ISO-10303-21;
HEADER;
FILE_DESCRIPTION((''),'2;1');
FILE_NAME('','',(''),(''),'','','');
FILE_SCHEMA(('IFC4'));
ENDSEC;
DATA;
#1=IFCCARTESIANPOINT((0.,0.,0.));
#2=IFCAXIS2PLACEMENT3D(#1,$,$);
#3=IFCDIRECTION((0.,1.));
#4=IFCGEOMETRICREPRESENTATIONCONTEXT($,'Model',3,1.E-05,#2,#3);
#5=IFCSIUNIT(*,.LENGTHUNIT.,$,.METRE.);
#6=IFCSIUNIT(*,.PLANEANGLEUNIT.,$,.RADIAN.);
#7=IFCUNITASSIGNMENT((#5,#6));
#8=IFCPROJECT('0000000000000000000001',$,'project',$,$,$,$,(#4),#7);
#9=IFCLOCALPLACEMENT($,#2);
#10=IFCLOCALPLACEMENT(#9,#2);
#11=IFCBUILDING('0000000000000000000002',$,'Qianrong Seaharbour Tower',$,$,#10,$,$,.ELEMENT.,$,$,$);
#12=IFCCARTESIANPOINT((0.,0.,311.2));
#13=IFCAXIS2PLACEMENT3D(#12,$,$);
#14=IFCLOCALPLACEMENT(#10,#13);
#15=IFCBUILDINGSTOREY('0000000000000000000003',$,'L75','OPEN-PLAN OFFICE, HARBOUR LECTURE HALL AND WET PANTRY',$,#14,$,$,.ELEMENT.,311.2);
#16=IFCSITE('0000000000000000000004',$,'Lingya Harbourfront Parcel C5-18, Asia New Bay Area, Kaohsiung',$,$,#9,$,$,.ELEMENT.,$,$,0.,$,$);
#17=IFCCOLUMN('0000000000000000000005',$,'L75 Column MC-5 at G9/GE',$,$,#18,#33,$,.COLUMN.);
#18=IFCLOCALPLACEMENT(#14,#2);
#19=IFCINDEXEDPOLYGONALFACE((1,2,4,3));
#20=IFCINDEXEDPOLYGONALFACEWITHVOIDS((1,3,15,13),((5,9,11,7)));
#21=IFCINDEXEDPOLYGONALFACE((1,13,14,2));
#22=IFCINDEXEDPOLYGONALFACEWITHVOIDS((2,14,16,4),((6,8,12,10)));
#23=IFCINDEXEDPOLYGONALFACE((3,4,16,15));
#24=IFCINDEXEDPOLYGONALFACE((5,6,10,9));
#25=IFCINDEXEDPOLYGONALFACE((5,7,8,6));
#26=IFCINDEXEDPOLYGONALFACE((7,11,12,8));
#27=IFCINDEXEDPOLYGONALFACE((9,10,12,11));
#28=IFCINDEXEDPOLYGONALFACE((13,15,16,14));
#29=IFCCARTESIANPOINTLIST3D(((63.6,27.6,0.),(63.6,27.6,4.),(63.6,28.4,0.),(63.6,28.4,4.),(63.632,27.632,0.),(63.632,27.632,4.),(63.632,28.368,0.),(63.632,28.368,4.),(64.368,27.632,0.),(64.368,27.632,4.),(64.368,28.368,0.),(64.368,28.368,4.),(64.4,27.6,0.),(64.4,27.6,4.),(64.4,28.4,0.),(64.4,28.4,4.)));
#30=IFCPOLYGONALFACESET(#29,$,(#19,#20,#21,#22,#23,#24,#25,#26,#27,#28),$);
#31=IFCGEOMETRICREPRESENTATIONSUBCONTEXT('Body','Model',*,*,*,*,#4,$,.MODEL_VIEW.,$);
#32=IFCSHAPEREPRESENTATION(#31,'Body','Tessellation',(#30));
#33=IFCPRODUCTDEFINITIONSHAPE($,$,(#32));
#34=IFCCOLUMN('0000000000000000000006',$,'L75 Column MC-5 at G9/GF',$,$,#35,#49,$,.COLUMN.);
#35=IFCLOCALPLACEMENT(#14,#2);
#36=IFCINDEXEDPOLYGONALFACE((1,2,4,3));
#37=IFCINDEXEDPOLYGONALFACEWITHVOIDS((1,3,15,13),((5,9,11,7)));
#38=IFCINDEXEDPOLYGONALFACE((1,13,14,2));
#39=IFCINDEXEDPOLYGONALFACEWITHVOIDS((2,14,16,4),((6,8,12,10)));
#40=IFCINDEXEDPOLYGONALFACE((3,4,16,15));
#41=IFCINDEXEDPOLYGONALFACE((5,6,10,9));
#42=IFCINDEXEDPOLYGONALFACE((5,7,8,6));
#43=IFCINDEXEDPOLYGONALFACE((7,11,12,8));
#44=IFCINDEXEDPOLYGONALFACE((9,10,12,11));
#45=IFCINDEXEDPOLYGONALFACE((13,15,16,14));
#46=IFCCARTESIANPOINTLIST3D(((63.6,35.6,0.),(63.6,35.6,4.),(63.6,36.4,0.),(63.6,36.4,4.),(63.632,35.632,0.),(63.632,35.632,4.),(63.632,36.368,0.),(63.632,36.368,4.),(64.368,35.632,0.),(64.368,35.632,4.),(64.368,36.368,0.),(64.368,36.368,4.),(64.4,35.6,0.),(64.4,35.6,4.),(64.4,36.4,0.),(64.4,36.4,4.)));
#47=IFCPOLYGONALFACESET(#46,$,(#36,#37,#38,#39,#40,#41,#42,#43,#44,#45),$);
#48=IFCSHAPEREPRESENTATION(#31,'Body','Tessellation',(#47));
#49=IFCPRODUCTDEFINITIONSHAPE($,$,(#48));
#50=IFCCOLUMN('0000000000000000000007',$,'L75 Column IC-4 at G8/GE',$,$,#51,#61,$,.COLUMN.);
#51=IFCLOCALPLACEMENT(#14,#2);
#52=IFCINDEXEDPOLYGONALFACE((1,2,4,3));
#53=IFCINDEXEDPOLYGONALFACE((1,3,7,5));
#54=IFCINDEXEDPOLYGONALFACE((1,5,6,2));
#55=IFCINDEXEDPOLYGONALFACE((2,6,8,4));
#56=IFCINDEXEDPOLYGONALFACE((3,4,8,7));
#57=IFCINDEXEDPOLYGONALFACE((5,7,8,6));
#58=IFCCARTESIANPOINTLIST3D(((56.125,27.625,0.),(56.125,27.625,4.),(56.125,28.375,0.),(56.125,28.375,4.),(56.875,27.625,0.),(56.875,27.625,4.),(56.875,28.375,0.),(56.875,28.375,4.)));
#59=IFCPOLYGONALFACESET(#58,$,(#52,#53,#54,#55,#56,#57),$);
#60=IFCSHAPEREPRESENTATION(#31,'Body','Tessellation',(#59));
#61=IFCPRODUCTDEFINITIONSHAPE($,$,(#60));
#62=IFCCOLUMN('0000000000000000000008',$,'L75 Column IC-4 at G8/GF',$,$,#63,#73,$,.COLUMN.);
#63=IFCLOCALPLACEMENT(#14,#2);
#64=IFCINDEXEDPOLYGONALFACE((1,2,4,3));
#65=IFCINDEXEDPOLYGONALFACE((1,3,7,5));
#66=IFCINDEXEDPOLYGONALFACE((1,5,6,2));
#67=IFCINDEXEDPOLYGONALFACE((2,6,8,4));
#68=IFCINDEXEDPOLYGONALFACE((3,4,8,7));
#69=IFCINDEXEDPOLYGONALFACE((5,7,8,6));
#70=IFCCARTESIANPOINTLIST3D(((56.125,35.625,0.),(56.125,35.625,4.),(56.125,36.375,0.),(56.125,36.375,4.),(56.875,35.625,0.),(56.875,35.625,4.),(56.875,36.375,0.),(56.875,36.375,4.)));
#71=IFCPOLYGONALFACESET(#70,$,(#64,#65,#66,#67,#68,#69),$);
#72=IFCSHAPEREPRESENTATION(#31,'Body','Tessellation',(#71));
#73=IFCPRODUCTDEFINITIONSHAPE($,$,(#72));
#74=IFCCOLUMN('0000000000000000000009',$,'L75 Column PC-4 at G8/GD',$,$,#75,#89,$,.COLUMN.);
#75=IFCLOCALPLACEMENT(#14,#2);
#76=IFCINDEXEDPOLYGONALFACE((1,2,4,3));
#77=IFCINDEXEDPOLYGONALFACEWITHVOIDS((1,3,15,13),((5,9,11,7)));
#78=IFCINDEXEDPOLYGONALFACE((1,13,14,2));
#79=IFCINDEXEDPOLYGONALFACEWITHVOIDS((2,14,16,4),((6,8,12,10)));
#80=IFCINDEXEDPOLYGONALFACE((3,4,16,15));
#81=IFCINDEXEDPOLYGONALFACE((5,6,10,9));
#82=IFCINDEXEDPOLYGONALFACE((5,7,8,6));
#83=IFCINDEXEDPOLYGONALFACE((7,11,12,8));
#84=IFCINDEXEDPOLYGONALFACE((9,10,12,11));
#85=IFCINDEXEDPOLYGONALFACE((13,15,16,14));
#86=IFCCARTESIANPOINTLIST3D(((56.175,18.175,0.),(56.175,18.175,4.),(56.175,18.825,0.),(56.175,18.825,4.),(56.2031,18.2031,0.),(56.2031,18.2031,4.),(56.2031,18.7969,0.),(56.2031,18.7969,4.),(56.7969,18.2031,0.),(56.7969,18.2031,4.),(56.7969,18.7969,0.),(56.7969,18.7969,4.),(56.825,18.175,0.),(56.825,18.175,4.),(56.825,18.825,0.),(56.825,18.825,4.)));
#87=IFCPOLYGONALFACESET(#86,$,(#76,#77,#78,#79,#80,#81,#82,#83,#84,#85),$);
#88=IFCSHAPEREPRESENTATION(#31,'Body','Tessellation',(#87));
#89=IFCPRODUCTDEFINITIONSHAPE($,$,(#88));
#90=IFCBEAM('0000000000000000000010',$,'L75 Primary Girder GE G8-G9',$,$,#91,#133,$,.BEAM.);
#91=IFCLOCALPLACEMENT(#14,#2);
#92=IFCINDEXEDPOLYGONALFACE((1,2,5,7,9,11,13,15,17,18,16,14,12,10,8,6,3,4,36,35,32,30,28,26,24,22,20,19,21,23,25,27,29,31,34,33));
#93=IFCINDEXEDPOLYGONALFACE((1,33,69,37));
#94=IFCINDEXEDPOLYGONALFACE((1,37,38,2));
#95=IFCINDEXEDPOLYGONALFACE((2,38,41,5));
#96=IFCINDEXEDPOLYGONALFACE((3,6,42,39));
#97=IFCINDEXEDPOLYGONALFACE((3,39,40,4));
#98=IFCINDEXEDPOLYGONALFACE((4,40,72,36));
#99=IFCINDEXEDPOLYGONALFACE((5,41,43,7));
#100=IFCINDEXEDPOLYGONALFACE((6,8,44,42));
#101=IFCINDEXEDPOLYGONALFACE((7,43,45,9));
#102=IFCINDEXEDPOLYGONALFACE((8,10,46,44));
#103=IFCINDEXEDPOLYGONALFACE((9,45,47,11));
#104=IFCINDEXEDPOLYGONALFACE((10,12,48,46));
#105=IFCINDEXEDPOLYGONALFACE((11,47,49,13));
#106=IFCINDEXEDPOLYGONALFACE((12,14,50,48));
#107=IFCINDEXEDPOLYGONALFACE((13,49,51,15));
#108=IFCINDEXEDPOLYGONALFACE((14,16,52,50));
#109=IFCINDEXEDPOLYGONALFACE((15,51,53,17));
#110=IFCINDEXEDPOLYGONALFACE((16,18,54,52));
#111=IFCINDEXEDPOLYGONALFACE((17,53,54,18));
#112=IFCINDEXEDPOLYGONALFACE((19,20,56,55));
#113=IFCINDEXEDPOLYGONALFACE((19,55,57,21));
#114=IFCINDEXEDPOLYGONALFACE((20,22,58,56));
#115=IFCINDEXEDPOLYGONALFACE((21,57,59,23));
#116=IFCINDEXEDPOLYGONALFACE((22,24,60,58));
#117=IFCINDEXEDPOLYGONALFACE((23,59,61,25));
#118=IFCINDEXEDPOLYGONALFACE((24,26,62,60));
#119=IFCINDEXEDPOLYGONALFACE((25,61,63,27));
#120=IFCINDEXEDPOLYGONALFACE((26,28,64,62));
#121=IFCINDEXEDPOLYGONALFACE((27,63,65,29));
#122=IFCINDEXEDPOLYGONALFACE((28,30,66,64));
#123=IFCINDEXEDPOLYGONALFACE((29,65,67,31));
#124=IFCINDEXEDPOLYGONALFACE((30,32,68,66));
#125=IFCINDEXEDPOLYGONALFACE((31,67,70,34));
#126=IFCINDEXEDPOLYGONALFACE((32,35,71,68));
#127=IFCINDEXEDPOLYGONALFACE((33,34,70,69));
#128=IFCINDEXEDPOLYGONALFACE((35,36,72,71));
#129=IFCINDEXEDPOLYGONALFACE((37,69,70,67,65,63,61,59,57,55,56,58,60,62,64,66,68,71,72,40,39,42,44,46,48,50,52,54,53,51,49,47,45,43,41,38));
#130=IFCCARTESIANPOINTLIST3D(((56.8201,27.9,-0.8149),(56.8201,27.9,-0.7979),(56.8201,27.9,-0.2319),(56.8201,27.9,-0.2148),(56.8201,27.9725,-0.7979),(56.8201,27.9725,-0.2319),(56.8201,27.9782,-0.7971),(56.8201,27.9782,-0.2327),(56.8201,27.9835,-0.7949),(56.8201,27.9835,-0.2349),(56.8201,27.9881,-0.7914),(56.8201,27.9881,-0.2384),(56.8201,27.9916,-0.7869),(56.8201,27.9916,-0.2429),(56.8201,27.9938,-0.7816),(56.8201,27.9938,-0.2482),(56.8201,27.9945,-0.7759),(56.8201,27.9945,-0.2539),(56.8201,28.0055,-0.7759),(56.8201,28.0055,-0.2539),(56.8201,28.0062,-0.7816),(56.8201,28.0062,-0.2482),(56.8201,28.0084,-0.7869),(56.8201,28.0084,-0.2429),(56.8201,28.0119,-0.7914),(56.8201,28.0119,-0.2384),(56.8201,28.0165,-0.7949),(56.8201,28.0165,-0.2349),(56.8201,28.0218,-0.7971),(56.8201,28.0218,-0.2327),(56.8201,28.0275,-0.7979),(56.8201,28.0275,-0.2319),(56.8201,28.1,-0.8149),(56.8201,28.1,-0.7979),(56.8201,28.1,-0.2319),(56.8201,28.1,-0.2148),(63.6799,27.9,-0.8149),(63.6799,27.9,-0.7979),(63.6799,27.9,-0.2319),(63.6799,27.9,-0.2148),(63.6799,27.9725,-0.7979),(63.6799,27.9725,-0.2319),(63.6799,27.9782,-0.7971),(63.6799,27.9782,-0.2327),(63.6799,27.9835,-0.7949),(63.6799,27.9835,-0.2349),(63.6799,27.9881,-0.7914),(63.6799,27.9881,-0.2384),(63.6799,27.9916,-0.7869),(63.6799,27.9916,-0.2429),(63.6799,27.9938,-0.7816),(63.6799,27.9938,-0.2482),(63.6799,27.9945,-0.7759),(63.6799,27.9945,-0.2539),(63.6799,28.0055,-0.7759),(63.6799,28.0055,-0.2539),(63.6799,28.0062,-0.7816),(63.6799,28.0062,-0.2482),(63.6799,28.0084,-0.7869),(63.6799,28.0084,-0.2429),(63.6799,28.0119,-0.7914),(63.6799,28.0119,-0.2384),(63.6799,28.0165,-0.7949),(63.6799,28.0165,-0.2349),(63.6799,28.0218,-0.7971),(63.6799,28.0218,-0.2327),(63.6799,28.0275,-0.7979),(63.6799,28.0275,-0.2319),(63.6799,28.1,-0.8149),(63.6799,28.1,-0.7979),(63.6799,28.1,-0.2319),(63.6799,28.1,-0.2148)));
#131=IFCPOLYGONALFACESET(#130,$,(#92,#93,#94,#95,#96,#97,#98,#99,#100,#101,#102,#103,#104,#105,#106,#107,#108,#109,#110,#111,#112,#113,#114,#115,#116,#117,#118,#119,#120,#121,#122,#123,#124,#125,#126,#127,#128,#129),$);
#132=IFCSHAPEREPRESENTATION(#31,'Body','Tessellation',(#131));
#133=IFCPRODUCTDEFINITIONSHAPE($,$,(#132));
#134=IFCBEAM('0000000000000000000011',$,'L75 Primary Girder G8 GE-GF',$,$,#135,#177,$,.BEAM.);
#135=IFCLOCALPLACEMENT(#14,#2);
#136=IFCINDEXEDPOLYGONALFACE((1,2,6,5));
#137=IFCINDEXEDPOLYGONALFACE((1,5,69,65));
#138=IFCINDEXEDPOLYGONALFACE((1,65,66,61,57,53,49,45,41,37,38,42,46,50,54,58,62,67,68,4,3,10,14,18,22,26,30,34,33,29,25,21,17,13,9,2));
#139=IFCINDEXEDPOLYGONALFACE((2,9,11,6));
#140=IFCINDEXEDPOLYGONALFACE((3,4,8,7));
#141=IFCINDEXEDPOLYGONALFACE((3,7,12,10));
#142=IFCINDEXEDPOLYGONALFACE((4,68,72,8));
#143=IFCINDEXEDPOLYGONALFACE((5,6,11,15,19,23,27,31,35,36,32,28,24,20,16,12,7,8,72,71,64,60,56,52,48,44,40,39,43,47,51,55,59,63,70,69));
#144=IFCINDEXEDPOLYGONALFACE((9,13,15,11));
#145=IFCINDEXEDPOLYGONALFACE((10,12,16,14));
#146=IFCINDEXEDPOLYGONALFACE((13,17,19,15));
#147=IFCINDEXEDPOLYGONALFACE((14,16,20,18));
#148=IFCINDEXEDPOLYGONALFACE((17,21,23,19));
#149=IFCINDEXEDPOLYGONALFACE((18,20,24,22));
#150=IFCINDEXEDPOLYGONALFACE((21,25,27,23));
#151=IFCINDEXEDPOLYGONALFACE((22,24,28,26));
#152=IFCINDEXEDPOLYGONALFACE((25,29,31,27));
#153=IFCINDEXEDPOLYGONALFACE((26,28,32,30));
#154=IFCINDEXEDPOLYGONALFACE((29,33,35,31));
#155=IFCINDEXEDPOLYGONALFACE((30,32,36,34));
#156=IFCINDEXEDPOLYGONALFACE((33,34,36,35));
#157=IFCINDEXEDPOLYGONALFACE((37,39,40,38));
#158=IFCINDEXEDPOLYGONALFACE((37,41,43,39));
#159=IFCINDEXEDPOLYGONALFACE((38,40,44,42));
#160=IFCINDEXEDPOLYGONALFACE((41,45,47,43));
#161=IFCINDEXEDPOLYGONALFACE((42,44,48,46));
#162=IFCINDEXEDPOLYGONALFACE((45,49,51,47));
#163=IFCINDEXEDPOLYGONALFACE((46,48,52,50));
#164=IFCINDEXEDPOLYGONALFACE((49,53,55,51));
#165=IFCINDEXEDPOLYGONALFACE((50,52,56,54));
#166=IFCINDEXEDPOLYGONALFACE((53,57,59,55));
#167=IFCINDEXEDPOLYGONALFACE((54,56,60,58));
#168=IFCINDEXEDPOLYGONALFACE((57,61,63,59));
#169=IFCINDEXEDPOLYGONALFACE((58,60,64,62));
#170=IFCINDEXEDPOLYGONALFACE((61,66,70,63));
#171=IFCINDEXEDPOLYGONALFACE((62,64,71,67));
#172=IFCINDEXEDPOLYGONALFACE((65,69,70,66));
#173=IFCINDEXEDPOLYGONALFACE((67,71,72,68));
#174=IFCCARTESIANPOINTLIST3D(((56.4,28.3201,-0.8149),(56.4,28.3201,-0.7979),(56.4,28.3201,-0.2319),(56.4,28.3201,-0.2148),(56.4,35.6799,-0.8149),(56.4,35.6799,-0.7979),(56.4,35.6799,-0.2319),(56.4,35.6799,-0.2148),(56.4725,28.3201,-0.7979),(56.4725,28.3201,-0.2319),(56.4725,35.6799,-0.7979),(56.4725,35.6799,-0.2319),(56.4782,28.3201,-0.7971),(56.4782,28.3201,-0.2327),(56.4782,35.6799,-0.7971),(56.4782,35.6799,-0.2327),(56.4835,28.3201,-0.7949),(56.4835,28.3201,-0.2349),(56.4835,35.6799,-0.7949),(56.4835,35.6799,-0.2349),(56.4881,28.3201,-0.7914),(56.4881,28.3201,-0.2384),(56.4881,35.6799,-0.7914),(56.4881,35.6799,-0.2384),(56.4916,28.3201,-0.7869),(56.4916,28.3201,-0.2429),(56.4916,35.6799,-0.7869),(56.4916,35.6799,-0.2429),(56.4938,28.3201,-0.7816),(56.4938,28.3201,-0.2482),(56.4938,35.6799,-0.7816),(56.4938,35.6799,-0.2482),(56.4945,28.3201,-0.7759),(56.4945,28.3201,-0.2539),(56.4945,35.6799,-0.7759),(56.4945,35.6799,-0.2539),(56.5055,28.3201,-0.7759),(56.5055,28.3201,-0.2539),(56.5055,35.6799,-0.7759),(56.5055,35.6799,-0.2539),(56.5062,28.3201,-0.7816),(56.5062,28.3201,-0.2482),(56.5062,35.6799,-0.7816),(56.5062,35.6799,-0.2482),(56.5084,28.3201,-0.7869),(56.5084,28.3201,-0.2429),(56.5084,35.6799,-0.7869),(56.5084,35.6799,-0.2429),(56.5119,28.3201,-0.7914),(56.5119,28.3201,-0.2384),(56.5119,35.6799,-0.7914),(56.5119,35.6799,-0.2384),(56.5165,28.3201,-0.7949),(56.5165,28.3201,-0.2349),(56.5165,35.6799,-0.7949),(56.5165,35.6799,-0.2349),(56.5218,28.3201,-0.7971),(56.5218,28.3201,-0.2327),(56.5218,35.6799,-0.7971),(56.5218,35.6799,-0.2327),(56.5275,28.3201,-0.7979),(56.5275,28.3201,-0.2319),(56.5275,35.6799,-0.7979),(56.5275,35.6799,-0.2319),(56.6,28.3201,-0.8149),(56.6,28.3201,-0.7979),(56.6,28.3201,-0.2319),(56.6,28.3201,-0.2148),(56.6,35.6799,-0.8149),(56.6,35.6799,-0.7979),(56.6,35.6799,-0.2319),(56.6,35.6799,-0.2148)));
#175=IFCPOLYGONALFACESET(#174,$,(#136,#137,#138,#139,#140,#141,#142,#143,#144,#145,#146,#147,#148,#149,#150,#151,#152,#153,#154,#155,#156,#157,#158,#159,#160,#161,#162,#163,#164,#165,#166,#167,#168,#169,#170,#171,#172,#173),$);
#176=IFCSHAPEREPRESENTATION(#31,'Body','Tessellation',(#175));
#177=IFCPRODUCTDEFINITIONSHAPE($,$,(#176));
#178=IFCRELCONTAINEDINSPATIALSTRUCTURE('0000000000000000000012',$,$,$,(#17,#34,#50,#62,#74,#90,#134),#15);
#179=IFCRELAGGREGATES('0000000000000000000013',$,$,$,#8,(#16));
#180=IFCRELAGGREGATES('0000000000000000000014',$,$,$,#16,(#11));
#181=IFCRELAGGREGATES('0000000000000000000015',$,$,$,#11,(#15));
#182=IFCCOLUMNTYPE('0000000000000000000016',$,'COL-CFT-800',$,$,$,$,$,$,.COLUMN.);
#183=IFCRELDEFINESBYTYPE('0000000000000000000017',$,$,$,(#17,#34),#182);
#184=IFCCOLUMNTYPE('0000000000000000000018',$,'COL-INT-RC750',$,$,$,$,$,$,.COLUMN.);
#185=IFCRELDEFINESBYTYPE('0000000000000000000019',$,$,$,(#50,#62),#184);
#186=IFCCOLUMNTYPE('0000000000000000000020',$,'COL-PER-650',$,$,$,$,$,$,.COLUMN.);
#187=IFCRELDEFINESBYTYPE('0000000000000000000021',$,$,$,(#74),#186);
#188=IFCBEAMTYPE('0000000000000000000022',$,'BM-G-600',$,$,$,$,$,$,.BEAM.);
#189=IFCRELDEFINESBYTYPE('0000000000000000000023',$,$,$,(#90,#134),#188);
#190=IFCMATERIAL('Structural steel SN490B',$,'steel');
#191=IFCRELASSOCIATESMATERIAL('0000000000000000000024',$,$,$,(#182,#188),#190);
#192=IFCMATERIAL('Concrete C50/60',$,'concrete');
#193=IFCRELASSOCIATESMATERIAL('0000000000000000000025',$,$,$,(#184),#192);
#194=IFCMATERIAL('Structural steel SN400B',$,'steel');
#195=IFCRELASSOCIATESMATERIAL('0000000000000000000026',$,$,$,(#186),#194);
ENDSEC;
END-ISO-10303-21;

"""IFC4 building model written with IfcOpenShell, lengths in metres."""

from ifc_helpers import new_model, si_unit, direction, frame, origin, origin_2d, place, context, subcontext, project, spatial, rectangle, hollow_rectangle, i_section, extrude, material, material_profile, profile_set, type_object, element, save


model = new_model("IFC4")

# Units and contexts
model_context = context("Model", 3, precision=1e-05, world=origin(), true_north=direction((0.0, 1.0)))
body_context = subcontext(model_context, "Body", "Model", "MODEL_VIEW")
ifc_project = project(units=[si_unit("LENGTHUNIT", "METRE"), si_unit("PLANEANGLEUNIT", "RADIAN")], contexts=[model_context])

# Site, building, storey
site_placement = place(None, origin())
site = spatial("IfcSite", under=ifc_project, at=site_placement, Name="Lingya Harbourfront Parcel C5-18, Asia New Bay Area, Kaohsiung", CompositionType="ELEMENT", RefElevation=0.0)
building_placement = place(site_placement, origin())
building = spatial("IfcBuilding", under=site, at=building_placement, Name="Qianrong Seaharbour Tower", CompositionType="ELEMENT")
storey_placement = place(building_placement, frame((0.0, 0.0, 311.2)))
storey = spatial("IfcBuildingStorey", under=building, at=storey_placement, Name="L75", Description="OPEN-PLAN OFFICE, HARBOUR LECTURE HALL AND WET PANTRY", CompositionType="ELEMENT", Elevation=311.2)

# Columns
ifc_material_1 = material(Name="Structural steel SN490B", Category="steel")
ifc_material_profile_1 = material_profile(ifc_material_1, hollow_rectangle(XDim=0.8, YDim=0.8, WallThickness=0.032, at=origin_2d()), Name="BOX800x800x32")
ifc_profile_set_1 = profile_set([ifc_material_profile_1], Name="Structural steel SN490B")
column_type_1 = type_object("IfcColumnType", Name="COL-CFT-800", PredefinedType="COLUMN", material=ifc_profile_set_1)
for number, where, z_axis, x_axis, name in (
    (1, (64.0, 28.0, 0.0), (0.0, 0.0, 1.0), (1.0, 0.0, 0.0), "L75 Column MC-5 at G9/GE"),
    (2, (64.0, 36.0, 0.0), (0.0, 0.0, 1.0), (1.0, 0.0, 0.0), "L75 Column MC-5 at G9/GF"),
):
    element("IfcColumn", number, at=place(storey_placement, frame(where, z_axis=z_axis, x_axis=x_axis)), inside=storey, type_object=column_type_1, Name=name, PredefinedType="COLUMN", context=body_context, shape_type="SweptSolid", body=[
        extrude(hollow_rectangle(XDim=0.8, YDim=0.8, WallThickness=0.032, at=origin_2d()), origin(), (0.0, 0.0, 1.0), 4.0),
    ])
ifc_material_2 = material(Name="Concrete C50/60", Category="concrete")
ifc_material_profile_2 = material_profile(ifc_material_2, rectangle(XDim=0.75, YDim=0.75, at=origin_2d()), Name="RC750x750")
ifc_profile_set_2 = profile_set([ifc_material_profile_2], Name="Concrete C50/60")
column_type_2 = type_object("IfcColumnType", Name="COL-INT-RC750", PredefinedType="COLUMN", material=ifc_profile_set_2)
for number, where, z_axis, x_axis, name in (
    (3, (56.5, 28.0, 0.0), (0.0, 0.0, 1.0), (1.0, 0.0, 0.0), "L75 Column IC-4 at G8/GE"),
    (4, (56.5, 36.0, 0.0), (0.0, 0.0, 1.0), (1.0, 0.0, 0.0), "L75 Column IC-4 at G8/GF"),
):
    element("IfcColumn", number, at=place(storey_placement, frame(where, z_axis=z_axis, x_axis=x_axis)), inside=storey, type_object=column_type_2, Name=name, PredefinedType="COLUMN", context=body_context, shape_type="SweptSolid", body=[
        extrude(rectangle(XDim=0.75, YDim=0.75, at=origin_2d()), origin(), (0.0, 0.0, 1.0), 4.0),
    ])
ifc_material_3 = material(Name="Structural steel SN400B", Category="steel")
ifc_material_profile_3 = material_profile(ifc_material_3, hollow_rectangle(XDim=0.6499, YDim=0.6499, WallThickness=0.0281, at=origin_2d()), Name="BOX650x650x28")
ifc_profile_set_3 = profile_set([ifc_material_profile_3], Name="Structural steel SN400B")
column_type_3 = type_object("IfcColumnType", Name="COL-PER-650", PredefinedType="COLUMN", material=ifc_profile_set_3)
column_placement = place(storey_placement, frame((56.5, 18.5, 0.0), z_axis=(0.0, 0.0, 1.0), x_axis=(1.0, 0.0, 0.0)))
element("IfcColumn", 5, at=column_placement, inside=storey, type_object=column_type_3, Name="L75 Column PC-4 at G8/GD", PredefinedType="COLUMN", context=body_context, shape_type="SweptSolid", body=[
    extrude(hollow_rectangle(XDim=0.6499, YDim=0.6499, WallThickness=0.0281, at=origin_2d()), origin(), (0.0, 0.0, 1.0), 4.0),
])

# Beams
ifc_material_profile_4 = material_profile(ifc_material_1, i_section(OverallWidth=0.2, OverallDepth=0.6001, WebThickness=0.011, FlangeThickness=0.0171, FilletRadius=0.022, at=origin_2d()), Name="H600x200x11x17")
ifc_profile_set_4 = profile_set([ifc_material_profile_4], Name="Structural steel SN490B")
beam_type_1 = type_object("IfcBeamType", Name="BM-G-600", PredefinedType="BEAM", material=ifc_profile_set_4)
beam_1_placement = place(storey_placement, frame((56.8201, 28.0, -0.5149), z_axis=(1.0, 0.0, 0.0), x_axis=(0.0, 1.0, 0.0)))
element("IfcBeam", 6, at=beam_1_placement, inside=storey, type_object=beam_type_1, Name="L75 Primary Girder GE G8-G9", PredefinedType="BEAM", context=body_context, shape_type="SweptSolid", body=[
    extrude(i_section(OverallWidth=0.2, OverallDepth=0.6001, WebThickness=0.011, FlangeThickness=0.0171, FilletRadius=0.022, at=origin_2d()), origin(), (0.0, 0.0, 1.0), 6.8599),
])
beam_2_placement = place(storey_placement, frame((56.5, 28.3201, -0.5149), z_axis=(0.0, 1.0, 0.0), x_axis=(-1.0, 0.0, 0.0)))
element("IfcBeam", 7, at=beam_2_placement, inside=storey, type_object=beam_type_1, Name="L75 Primary Girder G8 GE-GF", PredefinedType="BEAM", context=body_context, shape_type="SweptSolid", body=[
    extrude(i_section(OverallWidth=0.2, OverallDepth=0.6001, WebThickness=0.011, FlangeThickness=0.0171, FilletRadius=0.022, at=origin_2d()), origin(), (0.0, 0.0, 1.0), 7.3599),
])

save(model, "model.ifc")
